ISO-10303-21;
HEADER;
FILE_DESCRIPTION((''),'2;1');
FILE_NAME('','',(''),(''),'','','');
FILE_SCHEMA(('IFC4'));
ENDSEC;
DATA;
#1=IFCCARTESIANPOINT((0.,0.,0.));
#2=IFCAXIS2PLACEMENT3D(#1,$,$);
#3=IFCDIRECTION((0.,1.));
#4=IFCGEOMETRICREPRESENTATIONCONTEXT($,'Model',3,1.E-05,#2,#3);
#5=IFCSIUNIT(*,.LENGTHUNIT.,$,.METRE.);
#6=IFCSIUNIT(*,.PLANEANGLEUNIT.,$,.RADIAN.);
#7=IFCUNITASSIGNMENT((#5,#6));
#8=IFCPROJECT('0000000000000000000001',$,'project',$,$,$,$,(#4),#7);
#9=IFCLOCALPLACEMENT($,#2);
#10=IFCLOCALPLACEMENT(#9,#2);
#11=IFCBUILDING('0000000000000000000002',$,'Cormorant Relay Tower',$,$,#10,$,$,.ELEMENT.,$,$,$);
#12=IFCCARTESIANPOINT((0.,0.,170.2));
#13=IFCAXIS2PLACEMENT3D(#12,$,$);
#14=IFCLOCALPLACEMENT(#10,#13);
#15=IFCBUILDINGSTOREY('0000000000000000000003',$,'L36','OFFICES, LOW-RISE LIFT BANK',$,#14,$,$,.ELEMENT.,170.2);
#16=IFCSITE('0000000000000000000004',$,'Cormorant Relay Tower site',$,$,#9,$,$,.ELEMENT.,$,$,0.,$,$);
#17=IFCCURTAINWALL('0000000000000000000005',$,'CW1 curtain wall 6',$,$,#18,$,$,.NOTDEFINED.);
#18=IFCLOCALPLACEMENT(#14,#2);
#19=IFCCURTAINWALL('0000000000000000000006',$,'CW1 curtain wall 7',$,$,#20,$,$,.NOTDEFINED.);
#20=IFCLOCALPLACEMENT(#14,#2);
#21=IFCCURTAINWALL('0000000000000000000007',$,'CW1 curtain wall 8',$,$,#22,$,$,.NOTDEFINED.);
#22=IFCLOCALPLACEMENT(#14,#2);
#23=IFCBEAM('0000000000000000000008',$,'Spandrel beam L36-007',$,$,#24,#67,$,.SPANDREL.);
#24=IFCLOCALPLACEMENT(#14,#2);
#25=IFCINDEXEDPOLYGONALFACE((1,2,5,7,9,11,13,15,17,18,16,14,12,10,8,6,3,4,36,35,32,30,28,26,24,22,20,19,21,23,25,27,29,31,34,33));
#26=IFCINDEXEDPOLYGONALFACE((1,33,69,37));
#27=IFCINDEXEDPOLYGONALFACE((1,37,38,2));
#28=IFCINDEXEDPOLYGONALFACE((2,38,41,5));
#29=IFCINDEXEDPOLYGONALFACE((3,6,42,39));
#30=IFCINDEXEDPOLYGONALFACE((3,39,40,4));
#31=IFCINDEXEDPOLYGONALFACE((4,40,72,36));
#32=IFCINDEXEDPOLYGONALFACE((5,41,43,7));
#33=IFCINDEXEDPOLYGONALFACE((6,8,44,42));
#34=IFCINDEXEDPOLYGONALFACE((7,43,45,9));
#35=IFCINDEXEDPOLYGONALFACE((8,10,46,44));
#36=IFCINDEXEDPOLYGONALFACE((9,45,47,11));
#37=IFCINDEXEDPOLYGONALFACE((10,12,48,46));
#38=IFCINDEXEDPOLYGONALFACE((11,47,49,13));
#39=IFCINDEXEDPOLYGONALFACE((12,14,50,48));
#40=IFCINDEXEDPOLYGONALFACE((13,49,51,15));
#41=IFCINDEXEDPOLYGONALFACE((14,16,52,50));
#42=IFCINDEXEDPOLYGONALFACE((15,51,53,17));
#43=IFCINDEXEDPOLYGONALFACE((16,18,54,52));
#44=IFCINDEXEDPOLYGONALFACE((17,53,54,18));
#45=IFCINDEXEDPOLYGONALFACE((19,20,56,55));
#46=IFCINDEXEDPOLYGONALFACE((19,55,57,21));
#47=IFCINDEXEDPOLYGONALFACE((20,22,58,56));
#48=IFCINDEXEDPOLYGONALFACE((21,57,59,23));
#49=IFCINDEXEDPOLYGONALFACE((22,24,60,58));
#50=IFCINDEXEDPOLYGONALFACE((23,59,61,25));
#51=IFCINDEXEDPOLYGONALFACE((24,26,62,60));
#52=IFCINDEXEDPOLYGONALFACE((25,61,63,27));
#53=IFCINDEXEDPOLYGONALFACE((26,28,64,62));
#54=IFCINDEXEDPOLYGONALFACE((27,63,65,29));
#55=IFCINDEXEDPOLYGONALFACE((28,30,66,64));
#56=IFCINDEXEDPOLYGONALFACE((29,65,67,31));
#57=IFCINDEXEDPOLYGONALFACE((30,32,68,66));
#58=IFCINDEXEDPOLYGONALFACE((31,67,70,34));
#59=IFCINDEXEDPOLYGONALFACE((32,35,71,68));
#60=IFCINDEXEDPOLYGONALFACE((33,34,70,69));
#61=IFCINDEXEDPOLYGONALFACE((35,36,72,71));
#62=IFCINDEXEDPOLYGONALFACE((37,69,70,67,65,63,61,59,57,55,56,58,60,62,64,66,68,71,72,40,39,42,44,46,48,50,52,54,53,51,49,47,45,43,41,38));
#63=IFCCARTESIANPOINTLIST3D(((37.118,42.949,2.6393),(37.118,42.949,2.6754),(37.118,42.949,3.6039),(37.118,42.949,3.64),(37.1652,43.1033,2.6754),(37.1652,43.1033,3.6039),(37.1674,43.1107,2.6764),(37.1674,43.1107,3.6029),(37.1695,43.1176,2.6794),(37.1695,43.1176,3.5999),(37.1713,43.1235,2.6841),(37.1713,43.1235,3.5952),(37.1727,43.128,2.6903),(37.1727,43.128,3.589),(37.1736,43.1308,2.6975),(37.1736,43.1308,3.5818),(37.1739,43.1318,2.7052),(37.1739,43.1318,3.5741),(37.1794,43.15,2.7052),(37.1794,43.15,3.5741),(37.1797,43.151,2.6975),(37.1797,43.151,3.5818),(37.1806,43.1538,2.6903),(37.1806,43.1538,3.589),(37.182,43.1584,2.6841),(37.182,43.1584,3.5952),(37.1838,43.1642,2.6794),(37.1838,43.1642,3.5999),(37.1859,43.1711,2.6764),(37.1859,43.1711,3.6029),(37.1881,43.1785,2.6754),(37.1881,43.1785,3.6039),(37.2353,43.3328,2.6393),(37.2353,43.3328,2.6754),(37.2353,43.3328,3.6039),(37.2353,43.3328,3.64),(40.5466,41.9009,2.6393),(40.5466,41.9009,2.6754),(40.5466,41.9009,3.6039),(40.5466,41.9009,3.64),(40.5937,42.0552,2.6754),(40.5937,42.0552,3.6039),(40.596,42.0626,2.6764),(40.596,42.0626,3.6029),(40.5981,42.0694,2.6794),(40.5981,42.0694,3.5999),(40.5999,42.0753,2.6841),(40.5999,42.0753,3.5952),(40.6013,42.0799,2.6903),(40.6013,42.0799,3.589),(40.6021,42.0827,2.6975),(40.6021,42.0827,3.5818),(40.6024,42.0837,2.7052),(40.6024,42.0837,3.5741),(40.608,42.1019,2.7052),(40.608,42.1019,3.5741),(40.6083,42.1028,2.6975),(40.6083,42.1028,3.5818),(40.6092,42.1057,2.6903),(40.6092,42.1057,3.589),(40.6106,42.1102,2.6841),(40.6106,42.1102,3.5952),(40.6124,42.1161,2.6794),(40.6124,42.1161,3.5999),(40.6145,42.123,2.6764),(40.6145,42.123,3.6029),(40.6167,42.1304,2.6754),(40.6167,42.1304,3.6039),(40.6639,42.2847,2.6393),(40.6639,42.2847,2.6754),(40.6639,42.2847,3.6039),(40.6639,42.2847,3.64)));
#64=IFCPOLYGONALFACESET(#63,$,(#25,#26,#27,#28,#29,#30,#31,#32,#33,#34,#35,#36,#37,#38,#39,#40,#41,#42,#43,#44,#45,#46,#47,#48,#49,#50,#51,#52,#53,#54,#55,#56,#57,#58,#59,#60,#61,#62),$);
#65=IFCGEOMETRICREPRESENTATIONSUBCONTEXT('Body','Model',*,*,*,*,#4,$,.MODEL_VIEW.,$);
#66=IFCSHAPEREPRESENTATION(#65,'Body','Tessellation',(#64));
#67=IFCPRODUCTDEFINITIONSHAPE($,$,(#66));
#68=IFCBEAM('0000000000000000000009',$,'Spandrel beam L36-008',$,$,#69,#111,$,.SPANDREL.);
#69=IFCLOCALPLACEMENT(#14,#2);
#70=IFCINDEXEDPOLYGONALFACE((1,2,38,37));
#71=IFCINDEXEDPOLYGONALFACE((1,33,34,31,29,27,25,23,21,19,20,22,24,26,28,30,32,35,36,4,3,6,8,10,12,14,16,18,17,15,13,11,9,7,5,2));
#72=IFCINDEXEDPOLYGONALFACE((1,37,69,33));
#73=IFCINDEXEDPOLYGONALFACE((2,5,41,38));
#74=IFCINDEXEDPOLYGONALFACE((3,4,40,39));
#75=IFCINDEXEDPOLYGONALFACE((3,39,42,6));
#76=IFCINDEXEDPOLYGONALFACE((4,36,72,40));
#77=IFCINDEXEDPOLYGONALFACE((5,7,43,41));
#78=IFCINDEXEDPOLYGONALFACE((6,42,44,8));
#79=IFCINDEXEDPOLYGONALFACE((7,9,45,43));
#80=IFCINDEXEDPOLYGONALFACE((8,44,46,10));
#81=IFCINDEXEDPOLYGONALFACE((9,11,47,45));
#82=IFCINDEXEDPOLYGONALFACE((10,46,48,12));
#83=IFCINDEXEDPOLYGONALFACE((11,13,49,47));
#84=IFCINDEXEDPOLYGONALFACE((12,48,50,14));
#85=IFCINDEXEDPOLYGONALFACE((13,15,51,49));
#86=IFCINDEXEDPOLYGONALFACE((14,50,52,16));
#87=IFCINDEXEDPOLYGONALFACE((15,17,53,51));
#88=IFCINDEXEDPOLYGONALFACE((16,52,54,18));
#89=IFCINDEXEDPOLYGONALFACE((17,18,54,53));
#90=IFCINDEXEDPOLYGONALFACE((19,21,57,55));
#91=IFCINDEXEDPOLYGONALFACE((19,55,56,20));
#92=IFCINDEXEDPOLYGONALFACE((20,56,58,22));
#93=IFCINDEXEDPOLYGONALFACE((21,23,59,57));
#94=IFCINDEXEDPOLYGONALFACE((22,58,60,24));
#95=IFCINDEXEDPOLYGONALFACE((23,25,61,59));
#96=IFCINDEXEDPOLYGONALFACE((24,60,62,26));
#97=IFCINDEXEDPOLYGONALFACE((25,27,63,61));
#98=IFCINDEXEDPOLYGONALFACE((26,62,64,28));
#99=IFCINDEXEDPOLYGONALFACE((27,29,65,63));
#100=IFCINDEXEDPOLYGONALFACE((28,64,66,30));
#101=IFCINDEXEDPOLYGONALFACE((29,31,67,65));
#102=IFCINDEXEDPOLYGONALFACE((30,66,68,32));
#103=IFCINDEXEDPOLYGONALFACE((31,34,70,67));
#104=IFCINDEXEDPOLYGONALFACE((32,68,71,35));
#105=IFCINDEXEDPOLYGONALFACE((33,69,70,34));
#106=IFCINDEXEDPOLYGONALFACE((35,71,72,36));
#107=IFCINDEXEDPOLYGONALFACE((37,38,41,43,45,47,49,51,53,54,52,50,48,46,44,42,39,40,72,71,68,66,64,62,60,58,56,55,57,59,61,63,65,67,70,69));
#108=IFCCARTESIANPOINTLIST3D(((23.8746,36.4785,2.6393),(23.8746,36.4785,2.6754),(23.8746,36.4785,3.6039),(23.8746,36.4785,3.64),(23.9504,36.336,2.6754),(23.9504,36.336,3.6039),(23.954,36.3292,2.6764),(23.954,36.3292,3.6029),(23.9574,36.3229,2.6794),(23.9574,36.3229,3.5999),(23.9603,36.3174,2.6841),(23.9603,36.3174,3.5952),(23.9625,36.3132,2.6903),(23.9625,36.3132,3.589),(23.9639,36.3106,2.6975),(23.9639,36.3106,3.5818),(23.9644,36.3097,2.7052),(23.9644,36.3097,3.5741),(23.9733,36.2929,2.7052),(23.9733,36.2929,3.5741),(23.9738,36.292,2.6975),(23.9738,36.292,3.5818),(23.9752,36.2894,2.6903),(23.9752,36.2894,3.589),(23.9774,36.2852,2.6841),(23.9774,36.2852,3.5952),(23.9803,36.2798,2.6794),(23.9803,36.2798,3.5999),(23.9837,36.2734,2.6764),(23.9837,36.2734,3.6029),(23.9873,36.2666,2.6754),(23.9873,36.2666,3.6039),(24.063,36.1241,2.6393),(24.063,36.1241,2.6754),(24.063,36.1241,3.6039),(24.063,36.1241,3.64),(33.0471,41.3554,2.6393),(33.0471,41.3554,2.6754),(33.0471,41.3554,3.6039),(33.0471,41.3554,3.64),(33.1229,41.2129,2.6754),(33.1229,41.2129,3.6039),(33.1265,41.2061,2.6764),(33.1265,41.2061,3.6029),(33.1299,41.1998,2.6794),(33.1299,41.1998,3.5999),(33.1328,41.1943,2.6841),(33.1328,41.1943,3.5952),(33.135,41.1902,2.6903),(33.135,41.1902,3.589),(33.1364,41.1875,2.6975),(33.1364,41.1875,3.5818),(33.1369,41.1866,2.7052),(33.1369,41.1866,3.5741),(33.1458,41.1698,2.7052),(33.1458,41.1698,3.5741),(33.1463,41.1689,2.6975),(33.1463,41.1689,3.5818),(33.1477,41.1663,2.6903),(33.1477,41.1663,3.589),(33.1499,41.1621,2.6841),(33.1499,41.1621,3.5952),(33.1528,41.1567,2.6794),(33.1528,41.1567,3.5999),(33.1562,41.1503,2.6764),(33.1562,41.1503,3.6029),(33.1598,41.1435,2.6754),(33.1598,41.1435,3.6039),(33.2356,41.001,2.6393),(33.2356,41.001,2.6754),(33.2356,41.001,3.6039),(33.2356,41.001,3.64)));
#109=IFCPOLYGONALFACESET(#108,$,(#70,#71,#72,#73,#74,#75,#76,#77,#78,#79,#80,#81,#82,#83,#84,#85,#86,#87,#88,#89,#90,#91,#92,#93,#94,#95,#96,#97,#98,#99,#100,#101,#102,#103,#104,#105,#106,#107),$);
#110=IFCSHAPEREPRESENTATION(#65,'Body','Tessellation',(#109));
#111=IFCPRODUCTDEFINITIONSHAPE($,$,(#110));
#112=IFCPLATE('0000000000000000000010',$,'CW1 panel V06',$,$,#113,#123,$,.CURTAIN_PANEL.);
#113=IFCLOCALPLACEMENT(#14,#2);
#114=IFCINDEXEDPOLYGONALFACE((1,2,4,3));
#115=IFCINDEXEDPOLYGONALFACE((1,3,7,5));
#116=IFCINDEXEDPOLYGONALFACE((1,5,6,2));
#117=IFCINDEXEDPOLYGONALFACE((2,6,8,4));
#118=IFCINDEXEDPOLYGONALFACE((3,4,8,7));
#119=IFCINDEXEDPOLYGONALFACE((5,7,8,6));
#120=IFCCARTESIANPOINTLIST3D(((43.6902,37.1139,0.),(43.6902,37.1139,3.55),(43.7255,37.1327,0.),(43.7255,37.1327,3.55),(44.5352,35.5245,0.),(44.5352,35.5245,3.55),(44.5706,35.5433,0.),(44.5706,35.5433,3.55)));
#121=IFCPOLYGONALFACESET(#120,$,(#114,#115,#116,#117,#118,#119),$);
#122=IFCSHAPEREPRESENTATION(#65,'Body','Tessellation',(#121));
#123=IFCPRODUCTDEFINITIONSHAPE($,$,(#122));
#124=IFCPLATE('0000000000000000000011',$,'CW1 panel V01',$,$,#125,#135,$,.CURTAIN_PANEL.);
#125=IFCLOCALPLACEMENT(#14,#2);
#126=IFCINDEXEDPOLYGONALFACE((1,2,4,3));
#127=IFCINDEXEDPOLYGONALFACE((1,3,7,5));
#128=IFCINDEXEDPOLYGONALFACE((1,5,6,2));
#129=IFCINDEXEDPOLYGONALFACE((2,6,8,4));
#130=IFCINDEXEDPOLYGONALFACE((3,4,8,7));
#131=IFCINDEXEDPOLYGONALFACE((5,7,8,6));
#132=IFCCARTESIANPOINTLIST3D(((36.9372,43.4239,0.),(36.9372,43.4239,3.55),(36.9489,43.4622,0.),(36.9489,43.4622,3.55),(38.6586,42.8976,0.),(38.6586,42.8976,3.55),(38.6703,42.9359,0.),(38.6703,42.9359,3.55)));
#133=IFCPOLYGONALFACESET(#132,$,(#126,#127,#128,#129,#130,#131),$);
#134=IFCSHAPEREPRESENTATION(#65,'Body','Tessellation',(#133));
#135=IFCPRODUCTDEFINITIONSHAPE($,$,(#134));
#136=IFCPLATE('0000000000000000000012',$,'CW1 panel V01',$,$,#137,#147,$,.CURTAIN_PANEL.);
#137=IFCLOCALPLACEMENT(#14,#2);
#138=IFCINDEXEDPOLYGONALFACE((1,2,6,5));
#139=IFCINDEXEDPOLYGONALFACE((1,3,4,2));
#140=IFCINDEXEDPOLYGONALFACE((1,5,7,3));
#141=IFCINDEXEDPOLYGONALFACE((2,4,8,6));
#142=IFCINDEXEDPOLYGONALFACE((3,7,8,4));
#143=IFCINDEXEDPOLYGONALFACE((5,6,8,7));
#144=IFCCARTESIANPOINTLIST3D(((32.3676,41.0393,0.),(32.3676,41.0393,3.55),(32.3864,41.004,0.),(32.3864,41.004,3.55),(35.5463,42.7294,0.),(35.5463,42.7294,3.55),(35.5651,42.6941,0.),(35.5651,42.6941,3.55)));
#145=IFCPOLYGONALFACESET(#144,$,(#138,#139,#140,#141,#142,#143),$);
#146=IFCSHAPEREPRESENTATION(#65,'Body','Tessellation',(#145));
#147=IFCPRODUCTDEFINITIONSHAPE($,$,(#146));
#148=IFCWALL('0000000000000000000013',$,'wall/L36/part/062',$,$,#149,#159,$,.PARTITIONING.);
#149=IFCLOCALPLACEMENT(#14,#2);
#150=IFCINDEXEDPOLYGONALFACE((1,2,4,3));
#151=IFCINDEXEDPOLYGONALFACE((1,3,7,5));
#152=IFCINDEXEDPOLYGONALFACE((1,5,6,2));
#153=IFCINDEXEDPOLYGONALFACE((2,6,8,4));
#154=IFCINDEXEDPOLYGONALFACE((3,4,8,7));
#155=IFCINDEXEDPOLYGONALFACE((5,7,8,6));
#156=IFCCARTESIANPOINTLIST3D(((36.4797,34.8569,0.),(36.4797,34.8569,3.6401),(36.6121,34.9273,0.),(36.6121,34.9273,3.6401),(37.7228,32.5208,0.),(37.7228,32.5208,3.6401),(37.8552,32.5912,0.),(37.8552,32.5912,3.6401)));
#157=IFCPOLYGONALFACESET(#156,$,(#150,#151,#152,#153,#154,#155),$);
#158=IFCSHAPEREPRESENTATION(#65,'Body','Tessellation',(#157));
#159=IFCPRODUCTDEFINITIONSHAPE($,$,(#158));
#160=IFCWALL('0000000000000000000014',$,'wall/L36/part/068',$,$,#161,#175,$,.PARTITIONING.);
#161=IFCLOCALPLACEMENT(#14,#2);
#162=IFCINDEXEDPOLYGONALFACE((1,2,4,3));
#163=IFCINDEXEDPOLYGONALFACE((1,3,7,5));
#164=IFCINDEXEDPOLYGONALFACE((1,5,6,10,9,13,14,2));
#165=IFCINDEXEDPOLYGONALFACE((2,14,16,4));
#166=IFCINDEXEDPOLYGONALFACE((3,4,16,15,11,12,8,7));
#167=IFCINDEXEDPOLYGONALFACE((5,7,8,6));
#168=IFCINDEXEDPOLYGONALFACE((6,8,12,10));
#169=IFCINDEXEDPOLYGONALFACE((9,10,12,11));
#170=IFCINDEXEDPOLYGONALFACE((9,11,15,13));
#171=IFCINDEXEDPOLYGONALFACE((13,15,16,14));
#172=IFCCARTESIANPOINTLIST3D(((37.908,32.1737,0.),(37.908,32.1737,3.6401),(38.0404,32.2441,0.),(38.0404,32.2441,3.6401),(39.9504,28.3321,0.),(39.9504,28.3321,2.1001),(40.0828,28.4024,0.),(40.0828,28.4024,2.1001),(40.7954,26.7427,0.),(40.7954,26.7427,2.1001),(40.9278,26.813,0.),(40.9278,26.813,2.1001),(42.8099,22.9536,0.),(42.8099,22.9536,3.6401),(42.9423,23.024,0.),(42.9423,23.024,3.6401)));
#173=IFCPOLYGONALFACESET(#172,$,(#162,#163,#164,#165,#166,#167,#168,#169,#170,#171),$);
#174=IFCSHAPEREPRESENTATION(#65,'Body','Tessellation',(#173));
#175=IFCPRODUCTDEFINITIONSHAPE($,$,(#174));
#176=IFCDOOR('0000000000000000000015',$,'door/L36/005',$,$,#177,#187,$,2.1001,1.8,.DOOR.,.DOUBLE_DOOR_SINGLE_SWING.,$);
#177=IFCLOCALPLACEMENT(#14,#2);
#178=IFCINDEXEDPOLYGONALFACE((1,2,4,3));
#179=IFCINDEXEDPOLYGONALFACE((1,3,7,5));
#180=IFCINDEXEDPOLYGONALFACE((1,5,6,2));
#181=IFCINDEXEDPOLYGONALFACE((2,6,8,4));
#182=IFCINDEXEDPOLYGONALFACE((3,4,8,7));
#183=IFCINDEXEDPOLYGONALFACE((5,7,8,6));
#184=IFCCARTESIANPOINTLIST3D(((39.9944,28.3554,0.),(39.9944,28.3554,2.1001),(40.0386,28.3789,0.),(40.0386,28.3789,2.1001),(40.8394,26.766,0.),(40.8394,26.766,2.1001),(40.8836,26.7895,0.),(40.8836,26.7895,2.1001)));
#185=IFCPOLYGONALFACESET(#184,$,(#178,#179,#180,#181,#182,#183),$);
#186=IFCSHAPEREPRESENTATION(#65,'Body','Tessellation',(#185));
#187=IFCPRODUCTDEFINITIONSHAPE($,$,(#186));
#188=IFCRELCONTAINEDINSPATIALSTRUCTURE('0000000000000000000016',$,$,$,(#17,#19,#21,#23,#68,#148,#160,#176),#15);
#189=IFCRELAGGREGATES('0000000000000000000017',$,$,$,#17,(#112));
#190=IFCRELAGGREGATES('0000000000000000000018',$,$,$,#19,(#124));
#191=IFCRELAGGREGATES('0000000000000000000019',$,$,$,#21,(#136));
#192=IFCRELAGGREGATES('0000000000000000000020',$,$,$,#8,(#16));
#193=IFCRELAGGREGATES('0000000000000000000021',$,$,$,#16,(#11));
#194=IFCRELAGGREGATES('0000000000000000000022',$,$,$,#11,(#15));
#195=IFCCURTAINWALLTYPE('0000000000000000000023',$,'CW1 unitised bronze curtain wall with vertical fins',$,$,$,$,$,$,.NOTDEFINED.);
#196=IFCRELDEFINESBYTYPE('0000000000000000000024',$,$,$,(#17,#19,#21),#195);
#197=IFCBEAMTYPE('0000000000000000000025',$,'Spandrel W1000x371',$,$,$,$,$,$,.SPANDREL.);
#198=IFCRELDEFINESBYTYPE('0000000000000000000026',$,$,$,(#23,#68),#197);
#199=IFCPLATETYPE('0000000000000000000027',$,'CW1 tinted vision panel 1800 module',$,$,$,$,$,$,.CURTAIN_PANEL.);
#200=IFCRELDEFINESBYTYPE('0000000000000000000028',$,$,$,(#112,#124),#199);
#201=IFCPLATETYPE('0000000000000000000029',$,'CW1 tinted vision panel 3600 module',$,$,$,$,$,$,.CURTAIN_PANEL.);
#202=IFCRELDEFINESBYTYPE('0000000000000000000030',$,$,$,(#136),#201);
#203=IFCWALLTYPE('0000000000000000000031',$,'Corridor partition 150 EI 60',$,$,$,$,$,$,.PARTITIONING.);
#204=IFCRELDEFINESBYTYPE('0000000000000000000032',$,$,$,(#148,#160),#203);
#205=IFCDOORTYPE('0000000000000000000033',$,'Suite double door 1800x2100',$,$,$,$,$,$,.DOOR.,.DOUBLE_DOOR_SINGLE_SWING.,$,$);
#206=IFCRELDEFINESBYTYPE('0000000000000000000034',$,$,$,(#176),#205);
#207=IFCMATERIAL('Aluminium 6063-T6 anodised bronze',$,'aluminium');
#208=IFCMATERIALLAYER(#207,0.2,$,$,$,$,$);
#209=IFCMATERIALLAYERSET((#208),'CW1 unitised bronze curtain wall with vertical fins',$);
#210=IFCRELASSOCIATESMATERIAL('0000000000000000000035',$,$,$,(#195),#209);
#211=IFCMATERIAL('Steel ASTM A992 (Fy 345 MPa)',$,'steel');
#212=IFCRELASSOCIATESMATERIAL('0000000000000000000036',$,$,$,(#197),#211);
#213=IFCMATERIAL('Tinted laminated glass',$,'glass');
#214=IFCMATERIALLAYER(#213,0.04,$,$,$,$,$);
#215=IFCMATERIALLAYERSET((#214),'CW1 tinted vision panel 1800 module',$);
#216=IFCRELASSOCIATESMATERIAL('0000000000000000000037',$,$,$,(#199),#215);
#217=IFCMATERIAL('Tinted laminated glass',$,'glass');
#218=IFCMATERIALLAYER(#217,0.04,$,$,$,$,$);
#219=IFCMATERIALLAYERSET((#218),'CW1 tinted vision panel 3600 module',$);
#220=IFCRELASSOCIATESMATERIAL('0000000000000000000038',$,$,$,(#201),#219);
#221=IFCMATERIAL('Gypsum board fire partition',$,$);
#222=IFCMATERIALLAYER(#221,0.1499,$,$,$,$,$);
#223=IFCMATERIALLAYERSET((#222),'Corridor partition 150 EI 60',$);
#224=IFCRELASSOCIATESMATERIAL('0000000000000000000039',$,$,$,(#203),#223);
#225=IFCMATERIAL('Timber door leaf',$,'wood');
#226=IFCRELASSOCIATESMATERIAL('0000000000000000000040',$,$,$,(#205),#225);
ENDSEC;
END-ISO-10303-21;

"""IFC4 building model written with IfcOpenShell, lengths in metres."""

from ifc_helpers import new_model, si_unit, direction, frame, frame_2d, origin, origin_2d, place, context, subcontext, project, spatial, rectangle, i_section, extrude, material, layer, layer_set, material_profile, profile_set, type_object, element, fill, aggregate, save


model = new_model("IFC4")

# Units and contexts
model_context = context("Model", 3, precision=1e-05, world=origin(), true_north=direction((0.0, 1.0)))
body_context = subcontext(model_context, "Body", "Model", "MODEL_VIEW")
ifc_project = project(units=[si_unit("LENGTHUNIT", "METRE"), si_unit("PLANEANGLEUNIT", "RADIAN")], contexts=[model_context])

# Site, building, storey
site_placement = place(None, origin())
site = spatial("IfcSite", under=ifc_project, at=site_placement, Name="Cormorant Relay Tower site", CompositionType="ELEMENT", RefElevation=0.0)
building_placement = place(site_placement, origin())
building = spatial("IfcBuilding", under=site, at=building_placement, Name="Cormorant Relay Tower", CompositionType="ELEMENT")
storey_placement = place(building_placement, frame((0.0, 0.0, 170.2)))
storey = spatial("IfcBuildingStorey", under=building, at=storey_placement, Name="L36", Description="OFFICES, LOW-RISE LIFT BANK", CompositionType="ELEMENT", Elevation=170.2)

# Curtain wall
ifc_material_1 = material(Name="Aluminium 6063-T6 anodised bronze", Category="aluminium")
ifc_layer_1 = layer(ifc_material_1, 0.2)
ifc_layer_set_1 = layer_set([ifc_layer_1], Name="CW1 unitised bronze curtain wall with vertical fins")
curtain_wall_type = type_object("IfcCurtainWallType", Name="CW1 unitised bronze curtain wall with vertical fins", PredefinedType="NOTDEFINED", material=ifc_layer_set_1)
curtain_wall_1_placement = place(storey_placement, origin())
curtain_wall_1 = element("IfcCurtainWall", 1, at=curtain_wall_1_placement, inside=storey, type_object=curtain_wall_type, Name="CW1 curtain wall 6", PredefinedType="NOTDEFINED")

# Curtain wall
curtain_wall_2_placement = place(storey_placement, origin())
curtain_wall_2 = element("IfcCurtainWall", 2, at=curtain_wall_2_placement, inside=storey, type_object=curtain_wall_type, Name="CW1 curtain wall 7", PredefinedType="NOTDEFINED")

# Curtain wall
curtain_wall_3_placement = place(storey_placement, origin())
curtain_wall_3 = element("IfcCurtainWall", 3, at=curtain_wall_3_placement, inside=storey, type_object=curtain_wall_type, Name="CW1 curtain wall 8", PredefinedType="NOTDEFINED")

# Beams
ifc_material_2 = material(Name="Steel ASTM A992 (Fy 345 MPa)", Category="steel")
ifc_material_profile_1 = material_profile(ifc_material_2, i_section(OverallWidth=0.4014, OverallDepth=1.0007, WebThickness=0.019, FlangeThickness=0.0361, FilletRadius=0.0298, at=origin_2d()), Name="W1000x371")
ifc_profile_set_1 = profile_set([ifc_material_profile_1], Name="Steel ASTM A992 (Fy 345 MPa)")
beam_type = type_object("IfcBeamType", Name="Spandrel W1000x371", PredefinedType="SPANDREL", material=ifc_profile_set_1)
beam_1_placement = place(storey_placement, frame((40.6052, 42.0928, 3.1396), z_axis=(-0.956312, 0.292348, 0.0), x_axis=(-0.292348, -0.956312, 0.0)))
element("IfcBeam", 4, at=beam_1_placement, inside=storey, type_object=beam_type, Name="Spandrel beam L36-007", PredefinedType="SPANDREL", context=body_context, shape_type="SweptSolid", body=[
    extrude(i_section(OverallWidth=0.4014, OverallDepth=1.0007, WebThickness=0.019, FlangeThickness=0.0361, FilletRadius=0.0298, at=origin_2d()), origin(), (0.0, 0.0, 1.0), 3.5852),
])
beam_2_placement = place(storey_placement, frame((33.1414, 41.1782, 3.1396), z_axis=(-0.882956, -0.469456, 0.0), x_axis=(0.469456, -0.882956, 0.0)))
element("IfcBeam", 5, at=beam_2_placement, inside=storey, type_object=beam_type, Name="Spandrel beam L36-008", PredefinedType="SPANDREL", context=body_context, shape_type="SweptSolid", body=[
    extrude(i_section(OverallWidth=0.4014, OverallDepth=1.0007, WebThickness=0.019, FlangeThickness=0.0361, FilletRadius=0.0298, at=origin_2d()), origin(), (0.0, 0.0, 1.0), 10.3884),
])

# Plates
ifc_material_3 = material(Name="Tinted laminated glass", Category="glass")
ifc_layer_2 = layer(ifc_material_3, 0.04)
ifc_layer_set_2 = layer_set([ifc_layer_2], Name="CW1 tinted vision panel 1800 module")
plate_type_1 = type_object("IfcPlateType", Name="CW1 tinted vision panel 1800 module", PredefinedType="CURTAIN_PANEL", material=ifc_layer_set_2)
plate_1_placement = place(storey_placement, frame((44.1304, 36.3286, 0.0), z_axis=(0.0, 0.0, 1.0), x_axis=(-0.469472, 0.882948, 0.0)))
plate_1 = element("IfcPlate", 6, at=plate_1_placement, type_object=plate_type_1, Name="CW1 panel V06", PredefinedType="CURTAIN_PANEL", context=body_context, shape_type="SweptSolid", body=[
    extrude(rectangle(XDim=1.8, YDim=0.04, at=origin_2d()), origin(), (0.0, 0.0, 1.0), 3.55),
])
plate_2_placement = place(storey_placement, frame((37.8037, 43.1799, 0.0), z_axis=(0.0, 0.0, 1.0), x_axis=(-0.956305, 0.292372, 0.0)))
plate_2 = element("IfcPlate", 7, at=plate_2_placement, type_object=plate_type_1, Name="CW1 panel V01", PredefinedType="CURTAIN_PANEL", context=body_context, shape_type="SweptSolid", body=[
    extrude(rectangle(XDim=1.8, YDim=0.04, at=origin_2d()), origin(), (0.0, 0.0, 1.0), 3.55),
])
ifc_material_4 = material(Name="Tinted laminated glass", Category="glass")
ifc_layer_3 = layer(ifc_material_4, 0.04)
ifc_layer_set_3 = layer_set([ifc_layer_3], Name="CW1 tinted vision panel 3600 module")
plate_type_2 = type_object("IfcPlateType", Name="CW1 tinted vision panel 3600 module", PredefinedType="CURTAIN_PANEL", material=ifc_layer_set_3)
plate_3_placement = place(storey_placement, frame((33.9663, 41.8667, 0.0), z_axis=(0.0, 0.0, 1.0), x_axis=(-0.882948, -0.469472, 0.0)))
plate_3 = element("IfcPlate", 8, at=plate_3_placement, type_object=plate_type_2, Name="CW1 panel V01", PredefinedType="CURTAIN_PANEL", context=body_context, shape_type="SweptSolid", body=[
    extrude(rectangle(XDim=3.6001, YDim=0.04, at=origin_2d()), origin(), (0.0, 0.0, 1.0), 3.55),
])

# Wall
ifc_material_5 = material(Name="Gypsum board fire partition")
ifc_layer_4 = layer(ifc_material_5, 0.1499)
ifc_layer_set_4 = layer_set([ifc_layer_4], Name="Corridor partition 150 EI 60")
wall_type_1 = type_object("IfcWallType", Name="Corridor partition 150 EI 60", PredefinedType="PARTITIONING", material=ifc_layer_set_4)
wall_1_placement = place(storey_placement, frame((37.7891, 32.5559, 0.0), z_axis=(0.0, 0.0, 1.0), x_axis=(-0.469764, 0.882792, 0.0)))
element("IfcWall", 9, at=wall_1_placement, inside=storey, type_object=wall_type_1, Name="wall/L36/part/062", PredefinedType="PARTITIONING", context=body_context, shape_type="SweptSolid", body=[
    extrude(rectangle(XDim=2.6462, YDim=0.1499, at=frame_2d((1.3232, 0.0))), origin(), (0.0, 0.0, 1.0), 3.6401),
])

# Wall, opening, door
wall_2_placement = place(storey_placement, frame((37.9741, 32.209, 0.0), z_axis=(0.0, 0.0, 1.0), x_axis=(0.469435, -0.882967, 0.0)))
wall_2 = element("IfcWall", 10, at=wall_2_placement, inside=storey, type_object=wall_type_1, Name="wall/L36/part/068", PredefinedType="PARTITIONING", context=body_context, shape_type="SweptSolid", body=[
    extrude(rectangle(XDim=10.4421, YDim=0.1499, at=frame_2d((5.2212, 0.0))), origin(), (0.0, 0.0, 1.0), 3.6401),
])
opening_placement = place(wall_2_placement, frame((4.3511, 0.0, 0.0)))
opening = element("IfcOpeningElement", 11, at=opening_placement, cuts=wall_2, PredefinedType="OPENING", context=body_context, shape_type="SweptSolid", body=[
    extrude(rectangle(XDim=1.8, YDim=2.1001, at=frame_2d((0.8999, 1.05))), frame((0.0, 0.085, 0.0), z_axis=(0.0, -1.0, 0.0), x_axis=(1.0, 0.0, 0.0)), (0.0, 0.0, 1.0), 0.1699),
])
ifc_material_6 = material(Name="Timber door leaf", Category="wood")
door_type = type_object("IfcDoorType", Name="Suite double door 1800x2100", OperationType="DOUBLE_DOOR_SINGLE_SWING", PredefinedType="DOOR", material=ifc_material_6)
door_placement = place(opening_placement, origin())
door = element("IfcDoor", 12, at=door_placement, inside=storey, type_object=door_type, Name="door/L36/005", OperationType="DOUBLE_DOOR_SINGLE_SWING", OverallHeight=2.1001, OverallWidth=1.8, PredefinedType="DOOR", context=body_context, shape_type="SweptSolid", body=[
    extrude(rectangle(XDim=1.8, YDim=2.1001, at=frame_2d((0.8999, 1.05))), frame((0.0, 0.0249, 0.0), z_axis=(0.0, -1.0, 0.0), x_axis=(1.0, 0.0, 0.0)), (0.0, 0.0, 1.0), 0.05),
])
fill(opening, door)

aggregate(curtain_wall_1, [plate_1])
aggregate(curtain_wall_2, [plate_2])
aggregate(curtain_wall_3, [plate_3])

save(model, "model.ifc")
